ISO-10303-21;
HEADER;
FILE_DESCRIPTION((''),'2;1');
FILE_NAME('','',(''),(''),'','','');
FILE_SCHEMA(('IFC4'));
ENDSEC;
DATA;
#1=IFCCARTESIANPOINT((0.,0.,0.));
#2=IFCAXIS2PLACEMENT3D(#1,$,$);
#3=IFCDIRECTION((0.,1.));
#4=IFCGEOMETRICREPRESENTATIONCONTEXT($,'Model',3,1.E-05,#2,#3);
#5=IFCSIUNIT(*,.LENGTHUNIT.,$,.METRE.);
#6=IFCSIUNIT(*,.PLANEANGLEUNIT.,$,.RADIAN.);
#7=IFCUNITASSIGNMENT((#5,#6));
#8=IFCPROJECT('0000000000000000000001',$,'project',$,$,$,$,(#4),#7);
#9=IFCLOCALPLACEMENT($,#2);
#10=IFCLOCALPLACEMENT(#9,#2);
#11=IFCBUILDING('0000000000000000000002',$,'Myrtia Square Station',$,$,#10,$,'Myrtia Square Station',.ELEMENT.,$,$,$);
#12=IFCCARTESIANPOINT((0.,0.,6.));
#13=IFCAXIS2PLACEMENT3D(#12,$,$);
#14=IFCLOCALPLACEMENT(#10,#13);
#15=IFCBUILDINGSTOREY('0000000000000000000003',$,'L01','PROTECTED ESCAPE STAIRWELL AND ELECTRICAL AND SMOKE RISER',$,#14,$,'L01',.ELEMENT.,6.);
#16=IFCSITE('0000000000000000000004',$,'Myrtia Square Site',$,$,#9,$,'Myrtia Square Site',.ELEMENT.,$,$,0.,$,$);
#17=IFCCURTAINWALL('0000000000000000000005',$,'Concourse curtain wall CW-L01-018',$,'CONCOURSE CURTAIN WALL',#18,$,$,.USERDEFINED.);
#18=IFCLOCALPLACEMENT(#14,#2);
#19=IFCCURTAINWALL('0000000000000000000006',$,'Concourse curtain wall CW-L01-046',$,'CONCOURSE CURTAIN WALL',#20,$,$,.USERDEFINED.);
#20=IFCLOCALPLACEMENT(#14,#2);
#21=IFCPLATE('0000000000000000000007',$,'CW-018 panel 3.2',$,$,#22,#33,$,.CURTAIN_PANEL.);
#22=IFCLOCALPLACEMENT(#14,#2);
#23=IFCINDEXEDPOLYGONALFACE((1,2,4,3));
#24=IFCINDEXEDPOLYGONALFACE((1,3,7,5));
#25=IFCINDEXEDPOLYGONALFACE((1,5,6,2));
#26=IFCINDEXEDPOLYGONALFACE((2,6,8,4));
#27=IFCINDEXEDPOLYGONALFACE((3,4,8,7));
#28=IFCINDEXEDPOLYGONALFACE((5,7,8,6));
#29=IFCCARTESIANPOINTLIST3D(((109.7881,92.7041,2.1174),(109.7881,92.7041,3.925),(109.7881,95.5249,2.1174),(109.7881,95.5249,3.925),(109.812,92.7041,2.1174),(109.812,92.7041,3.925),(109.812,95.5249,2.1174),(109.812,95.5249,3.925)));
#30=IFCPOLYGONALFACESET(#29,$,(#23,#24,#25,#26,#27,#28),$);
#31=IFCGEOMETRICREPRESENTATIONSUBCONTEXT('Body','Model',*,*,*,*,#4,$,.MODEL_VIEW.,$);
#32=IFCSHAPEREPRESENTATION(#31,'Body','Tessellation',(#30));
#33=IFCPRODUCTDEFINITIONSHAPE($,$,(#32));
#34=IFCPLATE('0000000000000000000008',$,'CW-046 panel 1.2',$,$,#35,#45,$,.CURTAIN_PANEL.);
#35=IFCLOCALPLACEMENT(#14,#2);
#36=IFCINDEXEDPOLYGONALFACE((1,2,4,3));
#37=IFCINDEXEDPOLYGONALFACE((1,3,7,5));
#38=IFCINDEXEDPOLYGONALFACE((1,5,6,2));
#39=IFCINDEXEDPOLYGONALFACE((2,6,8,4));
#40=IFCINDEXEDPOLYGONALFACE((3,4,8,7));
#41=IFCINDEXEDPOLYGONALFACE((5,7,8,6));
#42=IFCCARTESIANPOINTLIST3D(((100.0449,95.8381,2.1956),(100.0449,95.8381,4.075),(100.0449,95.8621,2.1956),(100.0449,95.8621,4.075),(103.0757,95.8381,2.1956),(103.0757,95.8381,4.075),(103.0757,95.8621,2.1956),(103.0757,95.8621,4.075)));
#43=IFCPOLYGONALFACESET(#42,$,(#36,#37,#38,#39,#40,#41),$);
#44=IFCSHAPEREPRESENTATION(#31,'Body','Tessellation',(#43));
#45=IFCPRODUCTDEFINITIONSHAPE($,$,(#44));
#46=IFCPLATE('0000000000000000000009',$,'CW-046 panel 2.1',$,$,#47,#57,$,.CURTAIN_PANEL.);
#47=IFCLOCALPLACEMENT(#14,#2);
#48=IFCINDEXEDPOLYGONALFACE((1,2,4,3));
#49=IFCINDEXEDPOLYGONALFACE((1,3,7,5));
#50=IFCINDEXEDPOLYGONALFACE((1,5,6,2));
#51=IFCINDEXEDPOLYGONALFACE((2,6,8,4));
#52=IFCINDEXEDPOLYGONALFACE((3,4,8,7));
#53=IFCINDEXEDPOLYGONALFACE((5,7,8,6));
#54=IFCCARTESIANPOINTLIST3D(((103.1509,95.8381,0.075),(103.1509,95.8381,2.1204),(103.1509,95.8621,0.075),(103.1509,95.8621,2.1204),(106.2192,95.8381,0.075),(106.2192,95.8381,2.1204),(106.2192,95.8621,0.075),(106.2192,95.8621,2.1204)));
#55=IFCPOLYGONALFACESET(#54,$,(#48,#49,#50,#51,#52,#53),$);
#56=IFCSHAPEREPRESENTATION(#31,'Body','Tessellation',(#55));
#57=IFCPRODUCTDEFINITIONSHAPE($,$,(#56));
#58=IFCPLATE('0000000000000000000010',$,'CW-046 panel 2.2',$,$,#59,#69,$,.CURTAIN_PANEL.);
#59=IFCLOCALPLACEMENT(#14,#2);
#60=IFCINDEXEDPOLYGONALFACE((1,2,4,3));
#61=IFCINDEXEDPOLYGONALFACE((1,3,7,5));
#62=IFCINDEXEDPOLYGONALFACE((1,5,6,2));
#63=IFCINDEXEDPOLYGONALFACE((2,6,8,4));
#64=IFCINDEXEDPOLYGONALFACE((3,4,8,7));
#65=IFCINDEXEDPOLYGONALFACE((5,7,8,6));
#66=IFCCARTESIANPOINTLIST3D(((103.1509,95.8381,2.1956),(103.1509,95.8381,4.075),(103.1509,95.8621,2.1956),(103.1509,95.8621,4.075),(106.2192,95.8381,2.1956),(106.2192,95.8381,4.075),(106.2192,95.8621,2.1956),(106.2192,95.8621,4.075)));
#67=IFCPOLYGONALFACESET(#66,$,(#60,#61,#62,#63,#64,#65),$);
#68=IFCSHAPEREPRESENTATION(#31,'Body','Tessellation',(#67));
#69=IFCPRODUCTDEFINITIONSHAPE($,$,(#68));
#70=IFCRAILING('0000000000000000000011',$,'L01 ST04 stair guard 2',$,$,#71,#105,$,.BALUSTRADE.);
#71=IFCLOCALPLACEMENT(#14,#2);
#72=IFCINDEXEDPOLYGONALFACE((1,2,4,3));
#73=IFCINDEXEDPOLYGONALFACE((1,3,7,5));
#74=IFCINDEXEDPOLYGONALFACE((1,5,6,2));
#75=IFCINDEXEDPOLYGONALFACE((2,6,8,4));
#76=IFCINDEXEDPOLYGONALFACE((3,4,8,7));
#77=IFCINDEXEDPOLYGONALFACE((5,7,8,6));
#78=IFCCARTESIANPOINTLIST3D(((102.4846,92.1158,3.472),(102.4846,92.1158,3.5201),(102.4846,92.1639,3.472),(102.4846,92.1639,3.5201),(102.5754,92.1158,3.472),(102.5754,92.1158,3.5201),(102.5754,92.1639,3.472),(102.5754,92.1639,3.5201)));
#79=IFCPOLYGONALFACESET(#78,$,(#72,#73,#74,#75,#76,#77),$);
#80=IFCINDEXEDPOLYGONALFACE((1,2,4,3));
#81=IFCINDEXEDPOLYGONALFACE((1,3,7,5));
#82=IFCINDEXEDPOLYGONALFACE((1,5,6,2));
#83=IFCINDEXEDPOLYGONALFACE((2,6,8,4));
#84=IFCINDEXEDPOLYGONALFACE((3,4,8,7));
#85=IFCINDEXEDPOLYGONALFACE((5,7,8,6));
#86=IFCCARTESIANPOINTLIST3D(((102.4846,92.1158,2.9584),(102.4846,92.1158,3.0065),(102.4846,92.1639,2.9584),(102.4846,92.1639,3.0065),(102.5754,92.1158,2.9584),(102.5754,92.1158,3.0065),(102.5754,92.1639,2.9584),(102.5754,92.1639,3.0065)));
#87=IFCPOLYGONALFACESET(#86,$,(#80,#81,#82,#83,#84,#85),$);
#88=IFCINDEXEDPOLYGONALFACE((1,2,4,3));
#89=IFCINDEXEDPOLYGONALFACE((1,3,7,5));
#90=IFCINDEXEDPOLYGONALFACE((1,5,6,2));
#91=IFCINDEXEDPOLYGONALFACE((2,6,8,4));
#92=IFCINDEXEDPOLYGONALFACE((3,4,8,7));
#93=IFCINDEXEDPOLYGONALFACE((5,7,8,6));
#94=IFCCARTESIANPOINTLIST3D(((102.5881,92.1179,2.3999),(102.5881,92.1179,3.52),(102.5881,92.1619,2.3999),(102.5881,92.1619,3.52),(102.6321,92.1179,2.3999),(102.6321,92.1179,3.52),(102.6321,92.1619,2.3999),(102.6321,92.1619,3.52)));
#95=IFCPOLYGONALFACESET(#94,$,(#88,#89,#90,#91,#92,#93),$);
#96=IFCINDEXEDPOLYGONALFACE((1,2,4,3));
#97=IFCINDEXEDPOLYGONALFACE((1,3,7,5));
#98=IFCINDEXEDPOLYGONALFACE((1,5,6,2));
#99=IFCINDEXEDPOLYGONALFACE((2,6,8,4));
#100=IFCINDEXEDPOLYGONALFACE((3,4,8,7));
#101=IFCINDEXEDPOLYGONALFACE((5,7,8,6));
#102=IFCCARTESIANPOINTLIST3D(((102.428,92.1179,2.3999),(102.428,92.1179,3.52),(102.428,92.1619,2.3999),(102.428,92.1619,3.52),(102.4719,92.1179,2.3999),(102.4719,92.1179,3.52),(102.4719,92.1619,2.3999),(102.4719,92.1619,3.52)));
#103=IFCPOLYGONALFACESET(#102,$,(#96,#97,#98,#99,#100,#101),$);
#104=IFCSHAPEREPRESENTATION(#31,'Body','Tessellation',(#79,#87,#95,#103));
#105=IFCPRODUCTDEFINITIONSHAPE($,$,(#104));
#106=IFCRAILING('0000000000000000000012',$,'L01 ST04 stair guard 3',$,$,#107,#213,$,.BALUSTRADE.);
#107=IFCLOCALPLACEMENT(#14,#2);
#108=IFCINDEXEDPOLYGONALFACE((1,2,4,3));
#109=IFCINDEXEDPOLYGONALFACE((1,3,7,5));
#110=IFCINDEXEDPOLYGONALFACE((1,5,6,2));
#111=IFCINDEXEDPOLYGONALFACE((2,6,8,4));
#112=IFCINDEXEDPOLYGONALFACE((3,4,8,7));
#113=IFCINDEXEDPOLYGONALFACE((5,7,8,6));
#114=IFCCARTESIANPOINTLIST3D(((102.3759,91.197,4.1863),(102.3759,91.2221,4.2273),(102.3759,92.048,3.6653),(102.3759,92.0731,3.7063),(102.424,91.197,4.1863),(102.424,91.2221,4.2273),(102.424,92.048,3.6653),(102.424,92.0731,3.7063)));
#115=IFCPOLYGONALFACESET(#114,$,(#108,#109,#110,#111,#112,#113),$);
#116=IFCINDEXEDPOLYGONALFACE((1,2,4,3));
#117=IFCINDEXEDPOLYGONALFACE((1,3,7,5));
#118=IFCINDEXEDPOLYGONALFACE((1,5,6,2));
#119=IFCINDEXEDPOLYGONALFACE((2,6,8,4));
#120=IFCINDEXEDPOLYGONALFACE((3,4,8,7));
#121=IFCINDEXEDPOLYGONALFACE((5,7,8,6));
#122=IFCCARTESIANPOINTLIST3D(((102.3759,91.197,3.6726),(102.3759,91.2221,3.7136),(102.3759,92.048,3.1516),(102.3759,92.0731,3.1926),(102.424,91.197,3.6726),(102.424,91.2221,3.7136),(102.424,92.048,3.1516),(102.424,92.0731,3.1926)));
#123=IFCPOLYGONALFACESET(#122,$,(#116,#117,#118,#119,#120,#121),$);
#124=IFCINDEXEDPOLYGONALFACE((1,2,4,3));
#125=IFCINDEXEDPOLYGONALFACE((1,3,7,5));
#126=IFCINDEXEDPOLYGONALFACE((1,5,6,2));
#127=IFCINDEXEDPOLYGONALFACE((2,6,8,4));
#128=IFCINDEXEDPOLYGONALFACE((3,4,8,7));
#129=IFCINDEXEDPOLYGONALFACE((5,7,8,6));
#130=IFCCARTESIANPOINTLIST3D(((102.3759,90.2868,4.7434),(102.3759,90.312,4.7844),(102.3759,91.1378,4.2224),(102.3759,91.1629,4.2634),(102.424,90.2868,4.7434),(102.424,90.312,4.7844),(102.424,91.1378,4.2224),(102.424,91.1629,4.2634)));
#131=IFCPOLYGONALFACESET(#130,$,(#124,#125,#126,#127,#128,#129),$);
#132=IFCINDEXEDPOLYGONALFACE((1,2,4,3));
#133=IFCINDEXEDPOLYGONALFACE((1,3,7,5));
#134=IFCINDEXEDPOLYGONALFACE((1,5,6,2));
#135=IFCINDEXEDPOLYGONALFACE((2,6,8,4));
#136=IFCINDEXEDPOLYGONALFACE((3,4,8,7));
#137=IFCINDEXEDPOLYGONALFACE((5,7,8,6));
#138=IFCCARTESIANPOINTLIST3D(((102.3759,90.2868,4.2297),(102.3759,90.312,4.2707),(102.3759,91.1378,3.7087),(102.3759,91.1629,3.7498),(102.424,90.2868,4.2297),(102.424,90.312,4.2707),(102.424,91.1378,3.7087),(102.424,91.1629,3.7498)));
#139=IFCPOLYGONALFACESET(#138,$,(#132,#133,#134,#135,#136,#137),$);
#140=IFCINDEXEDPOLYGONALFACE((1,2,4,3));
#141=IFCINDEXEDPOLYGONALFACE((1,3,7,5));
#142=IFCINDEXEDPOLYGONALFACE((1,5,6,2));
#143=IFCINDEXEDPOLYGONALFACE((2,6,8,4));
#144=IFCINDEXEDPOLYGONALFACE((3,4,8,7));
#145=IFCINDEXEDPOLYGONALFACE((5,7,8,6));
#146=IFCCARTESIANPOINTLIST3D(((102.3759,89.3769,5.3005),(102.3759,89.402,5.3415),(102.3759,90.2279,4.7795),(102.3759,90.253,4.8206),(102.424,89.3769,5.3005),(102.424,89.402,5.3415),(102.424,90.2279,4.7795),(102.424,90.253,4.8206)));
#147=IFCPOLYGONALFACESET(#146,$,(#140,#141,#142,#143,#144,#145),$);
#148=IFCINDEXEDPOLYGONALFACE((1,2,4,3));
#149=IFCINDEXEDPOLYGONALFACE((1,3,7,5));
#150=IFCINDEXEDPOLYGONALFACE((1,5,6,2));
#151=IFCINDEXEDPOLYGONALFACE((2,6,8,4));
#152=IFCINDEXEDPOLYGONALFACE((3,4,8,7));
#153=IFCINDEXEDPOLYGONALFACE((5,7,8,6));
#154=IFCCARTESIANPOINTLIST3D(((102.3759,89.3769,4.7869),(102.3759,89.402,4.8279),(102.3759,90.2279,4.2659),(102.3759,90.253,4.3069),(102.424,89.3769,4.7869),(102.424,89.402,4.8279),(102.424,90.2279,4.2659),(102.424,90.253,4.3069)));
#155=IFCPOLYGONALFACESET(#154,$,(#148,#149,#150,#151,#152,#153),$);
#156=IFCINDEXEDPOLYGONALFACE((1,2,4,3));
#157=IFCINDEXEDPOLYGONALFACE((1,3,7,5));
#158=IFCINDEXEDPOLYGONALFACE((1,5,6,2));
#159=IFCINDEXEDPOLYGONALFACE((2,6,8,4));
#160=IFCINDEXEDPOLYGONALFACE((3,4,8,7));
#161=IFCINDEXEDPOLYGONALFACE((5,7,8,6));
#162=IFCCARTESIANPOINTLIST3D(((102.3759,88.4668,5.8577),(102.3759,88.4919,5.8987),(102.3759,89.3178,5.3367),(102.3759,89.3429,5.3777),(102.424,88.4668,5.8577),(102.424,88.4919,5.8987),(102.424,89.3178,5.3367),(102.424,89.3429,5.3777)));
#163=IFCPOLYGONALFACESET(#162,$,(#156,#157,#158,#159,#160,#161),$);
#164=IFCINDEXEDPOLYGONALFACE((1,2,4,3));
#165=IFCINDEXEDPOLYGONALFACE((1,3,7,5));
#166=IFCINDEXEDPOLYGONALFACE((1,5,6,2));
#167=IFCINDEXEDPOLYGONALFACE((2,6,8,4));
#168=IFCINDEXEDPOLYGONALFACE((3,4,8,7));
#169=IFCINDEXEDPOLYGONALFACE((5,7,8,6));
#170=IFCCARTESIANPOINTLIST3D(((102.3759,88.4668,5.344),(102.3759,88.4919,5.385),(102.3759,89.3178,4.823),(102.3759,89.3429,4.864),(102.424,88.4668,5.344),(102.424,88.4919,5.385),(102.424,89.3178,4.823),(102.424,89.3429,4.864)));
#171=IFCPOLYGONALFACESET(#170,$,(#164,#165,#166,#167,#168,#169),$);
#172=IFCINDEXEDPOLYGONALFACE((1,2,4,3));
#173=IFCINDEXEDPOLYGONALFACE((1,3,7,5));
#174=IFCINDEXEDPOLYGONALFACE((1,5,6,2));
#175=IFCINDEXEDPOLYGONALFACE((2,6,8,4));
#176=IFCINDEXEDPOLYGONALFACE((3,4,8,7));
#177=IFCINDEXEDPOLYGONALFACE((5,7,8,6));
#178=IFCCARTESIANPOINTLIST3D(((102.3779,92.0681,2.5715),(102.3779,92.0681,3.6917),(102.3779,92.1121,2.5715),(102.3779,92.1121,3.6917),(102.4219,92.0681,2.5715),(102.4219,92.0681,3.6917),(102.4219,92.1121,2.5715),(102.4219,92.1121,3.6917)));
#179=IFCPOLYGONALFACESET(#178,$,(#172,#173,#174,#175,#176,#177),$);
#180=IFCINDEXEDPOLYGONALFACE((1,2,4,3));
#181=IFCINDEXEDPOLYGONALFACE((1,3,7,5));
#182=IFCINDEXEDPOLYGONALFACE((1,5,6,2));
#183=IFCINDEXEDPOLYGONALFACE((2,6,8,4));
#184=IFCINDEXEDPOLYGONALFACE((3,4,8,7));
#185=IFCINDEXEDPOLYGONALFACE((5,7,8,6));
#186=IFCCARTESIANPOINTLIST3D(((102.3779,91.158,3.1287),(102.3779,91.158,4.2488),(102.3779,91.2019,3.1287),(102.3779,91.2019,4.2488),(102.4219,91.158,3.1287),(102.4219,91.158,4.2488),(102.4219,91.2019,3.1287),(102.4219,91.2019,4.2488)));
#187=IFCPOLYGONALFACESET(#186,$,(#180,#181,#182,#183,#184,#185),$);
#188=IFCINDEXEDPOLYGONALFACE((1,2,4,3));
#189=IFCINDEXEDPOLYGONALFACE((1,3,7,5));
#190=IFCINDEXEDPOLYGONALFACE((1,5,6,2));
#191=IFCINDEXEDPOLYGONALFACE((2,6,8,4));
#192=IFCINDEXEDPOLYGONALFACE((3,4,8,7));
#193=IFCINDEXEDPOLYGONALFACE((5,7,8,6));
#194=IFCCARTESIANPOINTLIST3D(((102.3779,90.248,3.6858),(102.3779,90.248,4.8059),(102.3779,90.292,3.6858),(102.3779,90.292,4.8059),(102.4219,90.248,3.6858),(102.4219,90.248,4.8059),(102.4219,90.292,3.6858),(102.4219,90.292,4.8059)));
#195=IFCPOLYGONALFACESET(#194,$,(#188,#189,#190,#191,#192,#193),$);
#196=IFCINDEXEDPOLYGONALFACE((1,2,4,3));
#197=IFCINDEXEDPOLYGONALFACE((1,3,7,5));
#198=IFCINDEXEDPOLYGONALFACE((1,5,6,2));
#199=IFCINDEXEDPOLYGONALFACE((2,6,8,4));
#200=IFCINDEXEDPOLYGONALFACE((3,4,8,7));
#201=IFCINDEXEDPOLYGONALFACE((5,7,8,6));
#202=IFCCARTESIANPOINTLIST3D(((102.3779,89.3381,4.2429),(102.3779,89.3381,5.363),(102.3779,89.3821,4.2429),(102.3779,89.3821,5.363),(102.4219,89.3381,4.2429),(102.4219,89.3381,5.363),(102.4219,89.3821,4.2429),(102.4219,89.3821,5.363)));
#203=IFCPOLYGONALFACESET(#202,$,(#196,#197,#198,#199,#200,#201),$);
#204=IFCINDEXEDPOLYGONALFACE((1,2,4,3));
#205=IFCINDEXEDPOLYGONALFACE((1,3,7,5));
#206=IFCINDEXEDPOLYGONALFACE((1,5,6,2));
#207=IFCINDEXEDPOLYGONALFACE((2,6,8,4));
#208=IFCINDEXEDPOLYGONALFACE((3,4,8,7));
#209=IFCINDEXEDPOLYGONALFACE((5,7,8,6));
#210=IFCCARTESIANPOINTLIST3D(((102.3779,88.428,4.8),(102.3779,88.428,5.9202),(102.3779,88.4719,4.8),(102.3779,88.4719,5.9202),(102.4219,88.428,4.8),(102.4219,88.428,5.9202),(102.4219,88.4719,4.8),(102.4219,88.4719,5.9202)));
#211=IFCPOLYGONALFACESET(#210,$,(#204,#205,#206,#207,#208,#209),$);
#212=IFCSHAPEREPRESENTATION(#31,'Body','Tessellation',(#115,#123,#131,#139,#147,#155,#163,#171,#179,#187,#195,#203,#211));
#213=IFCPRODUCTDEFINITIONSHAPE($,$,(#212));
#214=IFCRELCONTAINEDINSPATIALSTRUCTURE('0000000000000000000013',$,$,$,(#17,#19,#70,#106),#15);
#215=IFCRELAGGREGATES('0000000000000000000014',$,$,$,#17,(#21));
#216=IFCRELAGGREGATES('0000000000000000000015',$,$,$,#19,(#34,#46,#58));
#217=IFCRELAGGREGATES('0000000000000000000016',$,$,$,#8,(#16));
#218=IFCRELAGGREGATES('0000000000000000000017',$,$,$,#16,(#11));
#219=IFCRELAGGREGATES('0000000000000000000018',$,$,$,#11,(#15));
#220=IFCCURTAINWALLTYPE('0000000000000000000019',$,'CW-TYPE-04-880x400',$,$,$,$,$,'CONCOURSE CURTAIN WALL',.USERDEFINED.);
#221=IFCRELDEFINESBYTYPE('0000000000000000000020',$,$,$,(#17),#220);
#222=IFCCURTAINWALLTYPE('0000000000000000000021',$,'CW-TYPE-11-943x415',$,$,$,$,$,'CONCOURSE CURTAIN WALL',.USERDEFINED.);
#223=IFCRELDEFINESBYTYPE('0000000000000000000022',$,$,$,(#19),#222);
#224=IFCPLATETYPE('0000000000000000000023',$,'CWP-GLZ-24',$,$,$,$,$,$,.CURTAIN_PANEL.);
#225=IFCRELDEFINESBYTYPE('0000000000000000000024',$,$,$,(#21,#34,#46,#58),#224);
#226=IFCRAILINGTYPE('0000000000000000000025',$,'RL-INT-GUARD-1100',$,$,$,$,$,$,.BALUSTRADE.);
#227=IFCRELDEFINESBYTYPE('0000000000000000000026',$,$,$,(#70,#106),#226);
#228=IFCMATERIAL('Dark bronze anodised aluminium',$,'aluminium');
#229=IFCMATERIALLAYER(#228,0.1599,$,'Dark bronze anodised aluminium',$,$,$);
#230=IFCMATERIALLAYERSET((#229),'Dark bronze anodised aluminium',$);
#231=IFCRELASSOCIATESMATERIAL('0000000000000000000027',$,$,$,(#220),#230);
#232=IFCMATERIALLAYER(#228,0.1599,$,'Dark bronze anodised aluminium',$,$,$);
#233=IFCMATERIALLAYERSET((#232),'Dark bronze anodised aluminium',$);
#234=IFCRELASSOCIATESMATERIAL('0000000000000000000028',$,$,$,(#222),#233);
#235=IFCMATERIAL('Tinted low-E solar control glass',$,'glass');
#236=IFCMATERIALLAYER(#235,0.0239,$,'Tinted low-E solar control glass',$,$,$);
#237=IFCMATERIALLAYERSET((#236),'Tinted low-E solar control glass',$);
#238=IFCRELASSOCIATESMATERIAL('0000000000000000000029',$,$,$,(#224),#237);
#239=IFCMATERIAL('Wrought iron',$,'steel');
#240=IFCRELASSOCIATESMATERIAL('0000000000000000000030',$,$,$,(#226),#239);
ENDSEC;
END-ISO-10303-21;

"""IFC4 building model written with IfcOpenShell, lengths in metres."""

from ifc_helpers import new_model, si_unit, direction, frame, origin, origin_2d, place, context, subcontext, project, spatial, rectangle, extrude, material, layer, layer_set, type_object, element, aggregate, save


model = new_model("IFC4")

# Units and contexts
model_context = context("Model", 3, precision=1e-05, world=origin(), true_north=direction((0.0, 1.0)))
body_context = subcontext(model_context, "Body", "Model", "MODEL_VIEW")
ifc_project = project(units=[si_unit("LENGTHUNIT", "METRE"), si_unit("PLANEANGLEUNIT", "RADIAN")], contexts=[model_context])

# Site, building, storey
site_placement = place(None, origin())
site = spatial("IfcSite", under=ifc_project, at=site_placement, Name="Myrtia Square Site", LongName="Myrtia Square Site", CompositionType="ELEMENT", RefElevation=0.0)
building_placement = place(site_placement, origin())
building = spatial("IfcBuilding", under=site, at=building_placement, Name="Myrtia Square Station", LongName="Myrtia Square Station", CompositionType="ELEMENT")
storey_placement = place(building_placement, frame((0.0, 0.0, 6.0)))
storey = spatial("IfcBuildingStorey", under=building, at=storey_placement, Name="L01", Description="PROTECTED ESCAPE STAIRWELL AND ELECTRICAL AND SMOKE RISER", LongName="L01", CompositionType="ELEMENT", Elevation=6.0)

# Curtain walls
ifc_material_1 = material(Name="Dark bronze anodised aluminium", Category="aluminium")
ifc_layer_1 = layer(ifc_material_1, 0.1599, Name="Dark bronze anodised aluminium")
ifc_layer_set_1 = layer_set([ifc_layer_1], Name="Dark bronze anodised aluminium")
curtain_wall_type_1 = type_object("IfcCurtainWallType", Name="CW-TYPE-04-880x400", ElementType="CONCOURSE CURTAIN WALL", PredefinedType="USERDEFINED", material=ifc_layer_set_1)
curtain_wall_1_placement = place(storey_placement, origin())
curtain_wall_1 = element("IfcCurtainWall", 1, at=curtain_wall_1_placement, inside=storey, type_object=curtain_wall_type_1, Name="Concourse curtain wall CW-L01-018", ObjectType="CONCOURSE CURTAIN WALL", PredefinedType="USERDEFINED")
ifc_layer_2 = layer(ifc_material_1, 0.1599, Name="Dark bronze anodised aluminium")
ifc_layer_set_2 = layer_set([ifc_layer_2], Name="Dark bronze anodised aluminium")
curtain_wall_type_2 = type_object("IfcCurtainWallType", Name="CW-TYPE-11-943x415", ElementType="CONCOURSE CURTAIN WALL", PredefinedType="USERDEFINED", material=ifc_layer_set_2)
curtain_wall_2_placement = place(storey_placement, origin())
curtain_wall_2 = element("IfcCurtainWall", 2, at=curtain_wall_2_placement, inside=storey, type_object=curtain_wall_type_2, Name="Concourse curtain wall CW-L01-046", ObjectType="CONCOURSE CURTAIN WALL", PredefinedType="USERDEFINED")

# Plates
ifc_material_2 = material(Name="Tinted low-E solar control glass", Category="glass")
ifc_layer_3 = layer(ifc_material_2, 0.0239, Name="Tinted low-E solar control glass")
ifc_layer_set_3 = layer_set([ifc_layer_3], Name="Tinted low-E solar control glass")
plate_type = type_object("IfcPlateType", Name="CWP-GLZ-24", PredefinedType="CURTAIN_PANEL", material=ifc_layer_set_3)
plate_1_placement = place(storey_placement, frame((109.8, 94.1145, 2.1174), z_axis=(0.0, 0.0, 1.0), x_axis=(0.0, 1.0, 0.0)))
plate_1 = element("IfcPlate", 3, at=plate_1_placement, type_object=plate_type, Name="CW-018 panel 3.2", PredefinedType="CURTAIN_PANEL", context=body_context, shape_type="SweptSolid", body=[
    extrude(rectangle(XDim=2.8208, YDim=0.0239, at=origin_2d()), origin(), (0.0, 0.0, 1.0), 1.8076),
])
aggregate(curtain_wall_1, [plate_1])
plate_2_placement = place(storey_placement, frame((101.5603, 95.8501, 2.1956), z_axis=(0.0, 0.0, 1.0), x_axis=(1.0, 0.0, 0.0)))
plate_2 = element("IfcPlate", 4, at=plate_2_placement, type_object=plate_type, Name="CW-046 panel 1.2", PredefinedType="CURTAIN_PANEL", context=body_context, shape_type="SweptSolid", body=[
    extrude(rectangle(XDim=3.0308, YDim=0.0239, at=origin_2d()), origin(), (0.0, 0.0, 1.0), 1.8794),
])
plate_3_placement = place(storey_placement, frame((104.6851, 95.8501, 0.075), z_axis=(0.0, 0.0, 1.0), x_axis=(1.0, 0.0, 0.0)))
plate_3 = element("IfcPlate", 5, at=plate_3_placement, type_object=plate_type, Name="CW-046 panel 2.1", PredefinedType="CURTAIN_PANEL", context=body_context, shape_type="SweptSolid", body=[
    extrude(rectangle(XDim=3.0684, YDim=0.0239, at=origin_2d()), origin(), (0.0, 0.0, 1.0), 2.0454),
])
plate_4_placement = place(storey_placement, frame((104.6851, 95.8501, 2.1956), z_axis=(0.0, 0.0, 1.0), x_axis=(1.0, 0.0, 0.0)))
plate_4 = element("IfcPlate", 6, at=plate_4_placement, type_object=plate_type, Name="CW-046 panel 2.2", PredefinedType="CURTAIN_PANEL", context=body_context, shape_type="SweptSolid", body=[
    extrude(rectangle(XDim=3.0684, YDim=0.0239, at=origin_2d()), origin(), (0.0, 0.0, 1.0), 1.8794),
])
aggregate(curtain_wall_2, [plate_2, plate_3, plate_4])

# Railings
ifc_material_3 = material(Name="Wrought iron", Category="steel")
railing_type = type_object("IfcRailingType", Name="RL-INT-GUARD-1100", PredefinedType="BALUSTRADE", material=ifc_material_3)
railing_1_placement = place(storey_placement, frame((102.6101, 92.1399, 2.3999)))
element("IfcRailing", 7, at=railing_1_placement, inside=storey, type_object=railing_type, Name="L01 ST04 stair guard 2", PredefinedType="BALUSTRADE", context=body_context, shape_type="SweptSolid", body=[
    extrude(rectangle(XDim=0.0481, YDim=0.0481, at=origin_2d()), frame((-0.0347, 0.0, 1.0962), z_axis=(-1.0, 0.0, 0.0), x_axis=(0.0, -1.0, 0.0)), (0.0, 0.0, 1.0), 0.0908),
    extrude(rectangle(XDim=0.0481, YDim=0.0481, at=origin_2d()), frame((-0.0347, 0.0, 0.5825), z_axis=(-1.0, 0.0, 0.0), x_axis=(0.0, -1.0, 0.0)), (0.0, 0.0, 1.0), 0.0908),
    extrude(rectangle(XDim=0.0439, YDim=0.0439, at=origin_2d()), origin(), (0.0, 0.0, 1.0), 1.1201),
    extrude(rectangle(XDim=0.0439, YDim=0.0439, at=origin_2d()), frame((-0.1602, 0.0, 0.0)), (0.0, 0.0, 1.0), 1.1201),
])
railing_2_placement = place(storey_placement, frame((102.3999, 92.0901, 2.5715)))
element("IfcRailing", 8, at=railing_2_placement, inside=storey, type_object=railing_type, Name="L01 ST04 stair guard 3", PredefinedType="BALUSTRADE", context=body_context, shape_type="SweptSolid", body=[
    extrude(rectangle(XDim=0.0481, YDim=0.0481, at=origin_2d()), frame((0.0, -0.0295, 1.1143), z_axis=(0.0, -0.852866, 0.52213), x_axis=(1.0, 0.0, 0.0)), (0.0, 0.0, 1.0), 0.9978),
    extrude(rectangle(XDim=0.0481, YDim=0.0481, at=origin_2d()), frame((0.0, -0.0295, 0.6006), z_axis=(0.0, -0.852866, 0.52213), x_axis=(1.0, 0.0, 0.0)), (0.0, 0.0, 1.0), 0.9978),
    extrude(rectangle(XDim=0.0481, YDim=0.0481, at=origin_2d()), frame((0.0, -0.9397, 1.6714), z_axis=(0.0, -0.852866, 0.52213), x_axis=(1.0, 0.0, 0.0)), (0.0, 0.0, 1.0), 0.9978),
    extrude(rectangle(XDim=0.0481, YDim=0.0481, at=origin_2d()), frame((0.0, -0.9397, 1.1577), z_axis=(0.0, -0.852866, 0.52213), x_axis=(1.0, 0.0, 0.0)), (0.0, 0.0, 1.0), 0.9978),
    extrude(rectangle(XDim=0.0481, YDim=0.0481, at=origin_2d()), frame((0.0, -1.8496, 2.2285), z_axis=(0.0, -0.852866, 0.52213), x_axis=(1.0, 0.0, 0.0)), (0.0, 0.0, 1.0), 0.9978),
    extrude(rectangle(XDim=0.0481, YDim=0.0481, at=origin_2d()), frame((0.0, -1.8496, 1.7148), z_axis=(0.0, -0.852866, 0.52213), x_axis=(1.0, 0.0, 0.0)), (0.0, 0.0, 1.0), 0.9978),
    extrude(rectangle(XDim=0.0481, YDim=0.0481, at=origin_2d()), frame((0.0, -2.7598, 2.7856), z_axis=(0.0, -0.852866, 0.52213), x_axis=(1.0, 0.0, 0.0)), (0.0, 0.0, 1.0), 0.9978),
    extrude(rectangle(XDim=0.0481, YDim=0.0481, at=origin_2d()), frame((0.0, -2.7598, 2.272), z_axis=(0.0, -0.852866, 0.52213), x_axis=(1.0, 0.0, 0.0)), (0.0, 0.0, 1.0), 0.9978),
    extrude(rectangle(XDim=0.0439, YDim=0.0439, at=origin_2d()), origin(), (0.0, 0.0, 1.0), 1.1201),
    extrude(rectangle(XDim=0.0439, YDim=0.0439, at=origin_2d()), frame((0.0, -0.9102, 0.5571)), (0.0, 0.0, 1.0), 1.1201),
    extrude(rectangle(XDim=0.0439, YDim=0.0439, at=origin_2d()), frame((0.0, -1.8201, 1.1143)), (0.0, 0.0, 1.0), 1.1201),
    extrude(rectangle(XDim=0.0439, YDim=0.0439, at=origin_2d()), frame((0.0, -2.73, 1.6714)), (0.0, 0.0, 1.0), 1.1201),
    extrude(rectangle(XDim=0.0439, YDim=0.0439, at=origin_2d()), frame((0.0, -3.6401, 2.2285)), (0.0, 0.0, 1.0), 1.1201),
])

save(model, "model.ifc")
